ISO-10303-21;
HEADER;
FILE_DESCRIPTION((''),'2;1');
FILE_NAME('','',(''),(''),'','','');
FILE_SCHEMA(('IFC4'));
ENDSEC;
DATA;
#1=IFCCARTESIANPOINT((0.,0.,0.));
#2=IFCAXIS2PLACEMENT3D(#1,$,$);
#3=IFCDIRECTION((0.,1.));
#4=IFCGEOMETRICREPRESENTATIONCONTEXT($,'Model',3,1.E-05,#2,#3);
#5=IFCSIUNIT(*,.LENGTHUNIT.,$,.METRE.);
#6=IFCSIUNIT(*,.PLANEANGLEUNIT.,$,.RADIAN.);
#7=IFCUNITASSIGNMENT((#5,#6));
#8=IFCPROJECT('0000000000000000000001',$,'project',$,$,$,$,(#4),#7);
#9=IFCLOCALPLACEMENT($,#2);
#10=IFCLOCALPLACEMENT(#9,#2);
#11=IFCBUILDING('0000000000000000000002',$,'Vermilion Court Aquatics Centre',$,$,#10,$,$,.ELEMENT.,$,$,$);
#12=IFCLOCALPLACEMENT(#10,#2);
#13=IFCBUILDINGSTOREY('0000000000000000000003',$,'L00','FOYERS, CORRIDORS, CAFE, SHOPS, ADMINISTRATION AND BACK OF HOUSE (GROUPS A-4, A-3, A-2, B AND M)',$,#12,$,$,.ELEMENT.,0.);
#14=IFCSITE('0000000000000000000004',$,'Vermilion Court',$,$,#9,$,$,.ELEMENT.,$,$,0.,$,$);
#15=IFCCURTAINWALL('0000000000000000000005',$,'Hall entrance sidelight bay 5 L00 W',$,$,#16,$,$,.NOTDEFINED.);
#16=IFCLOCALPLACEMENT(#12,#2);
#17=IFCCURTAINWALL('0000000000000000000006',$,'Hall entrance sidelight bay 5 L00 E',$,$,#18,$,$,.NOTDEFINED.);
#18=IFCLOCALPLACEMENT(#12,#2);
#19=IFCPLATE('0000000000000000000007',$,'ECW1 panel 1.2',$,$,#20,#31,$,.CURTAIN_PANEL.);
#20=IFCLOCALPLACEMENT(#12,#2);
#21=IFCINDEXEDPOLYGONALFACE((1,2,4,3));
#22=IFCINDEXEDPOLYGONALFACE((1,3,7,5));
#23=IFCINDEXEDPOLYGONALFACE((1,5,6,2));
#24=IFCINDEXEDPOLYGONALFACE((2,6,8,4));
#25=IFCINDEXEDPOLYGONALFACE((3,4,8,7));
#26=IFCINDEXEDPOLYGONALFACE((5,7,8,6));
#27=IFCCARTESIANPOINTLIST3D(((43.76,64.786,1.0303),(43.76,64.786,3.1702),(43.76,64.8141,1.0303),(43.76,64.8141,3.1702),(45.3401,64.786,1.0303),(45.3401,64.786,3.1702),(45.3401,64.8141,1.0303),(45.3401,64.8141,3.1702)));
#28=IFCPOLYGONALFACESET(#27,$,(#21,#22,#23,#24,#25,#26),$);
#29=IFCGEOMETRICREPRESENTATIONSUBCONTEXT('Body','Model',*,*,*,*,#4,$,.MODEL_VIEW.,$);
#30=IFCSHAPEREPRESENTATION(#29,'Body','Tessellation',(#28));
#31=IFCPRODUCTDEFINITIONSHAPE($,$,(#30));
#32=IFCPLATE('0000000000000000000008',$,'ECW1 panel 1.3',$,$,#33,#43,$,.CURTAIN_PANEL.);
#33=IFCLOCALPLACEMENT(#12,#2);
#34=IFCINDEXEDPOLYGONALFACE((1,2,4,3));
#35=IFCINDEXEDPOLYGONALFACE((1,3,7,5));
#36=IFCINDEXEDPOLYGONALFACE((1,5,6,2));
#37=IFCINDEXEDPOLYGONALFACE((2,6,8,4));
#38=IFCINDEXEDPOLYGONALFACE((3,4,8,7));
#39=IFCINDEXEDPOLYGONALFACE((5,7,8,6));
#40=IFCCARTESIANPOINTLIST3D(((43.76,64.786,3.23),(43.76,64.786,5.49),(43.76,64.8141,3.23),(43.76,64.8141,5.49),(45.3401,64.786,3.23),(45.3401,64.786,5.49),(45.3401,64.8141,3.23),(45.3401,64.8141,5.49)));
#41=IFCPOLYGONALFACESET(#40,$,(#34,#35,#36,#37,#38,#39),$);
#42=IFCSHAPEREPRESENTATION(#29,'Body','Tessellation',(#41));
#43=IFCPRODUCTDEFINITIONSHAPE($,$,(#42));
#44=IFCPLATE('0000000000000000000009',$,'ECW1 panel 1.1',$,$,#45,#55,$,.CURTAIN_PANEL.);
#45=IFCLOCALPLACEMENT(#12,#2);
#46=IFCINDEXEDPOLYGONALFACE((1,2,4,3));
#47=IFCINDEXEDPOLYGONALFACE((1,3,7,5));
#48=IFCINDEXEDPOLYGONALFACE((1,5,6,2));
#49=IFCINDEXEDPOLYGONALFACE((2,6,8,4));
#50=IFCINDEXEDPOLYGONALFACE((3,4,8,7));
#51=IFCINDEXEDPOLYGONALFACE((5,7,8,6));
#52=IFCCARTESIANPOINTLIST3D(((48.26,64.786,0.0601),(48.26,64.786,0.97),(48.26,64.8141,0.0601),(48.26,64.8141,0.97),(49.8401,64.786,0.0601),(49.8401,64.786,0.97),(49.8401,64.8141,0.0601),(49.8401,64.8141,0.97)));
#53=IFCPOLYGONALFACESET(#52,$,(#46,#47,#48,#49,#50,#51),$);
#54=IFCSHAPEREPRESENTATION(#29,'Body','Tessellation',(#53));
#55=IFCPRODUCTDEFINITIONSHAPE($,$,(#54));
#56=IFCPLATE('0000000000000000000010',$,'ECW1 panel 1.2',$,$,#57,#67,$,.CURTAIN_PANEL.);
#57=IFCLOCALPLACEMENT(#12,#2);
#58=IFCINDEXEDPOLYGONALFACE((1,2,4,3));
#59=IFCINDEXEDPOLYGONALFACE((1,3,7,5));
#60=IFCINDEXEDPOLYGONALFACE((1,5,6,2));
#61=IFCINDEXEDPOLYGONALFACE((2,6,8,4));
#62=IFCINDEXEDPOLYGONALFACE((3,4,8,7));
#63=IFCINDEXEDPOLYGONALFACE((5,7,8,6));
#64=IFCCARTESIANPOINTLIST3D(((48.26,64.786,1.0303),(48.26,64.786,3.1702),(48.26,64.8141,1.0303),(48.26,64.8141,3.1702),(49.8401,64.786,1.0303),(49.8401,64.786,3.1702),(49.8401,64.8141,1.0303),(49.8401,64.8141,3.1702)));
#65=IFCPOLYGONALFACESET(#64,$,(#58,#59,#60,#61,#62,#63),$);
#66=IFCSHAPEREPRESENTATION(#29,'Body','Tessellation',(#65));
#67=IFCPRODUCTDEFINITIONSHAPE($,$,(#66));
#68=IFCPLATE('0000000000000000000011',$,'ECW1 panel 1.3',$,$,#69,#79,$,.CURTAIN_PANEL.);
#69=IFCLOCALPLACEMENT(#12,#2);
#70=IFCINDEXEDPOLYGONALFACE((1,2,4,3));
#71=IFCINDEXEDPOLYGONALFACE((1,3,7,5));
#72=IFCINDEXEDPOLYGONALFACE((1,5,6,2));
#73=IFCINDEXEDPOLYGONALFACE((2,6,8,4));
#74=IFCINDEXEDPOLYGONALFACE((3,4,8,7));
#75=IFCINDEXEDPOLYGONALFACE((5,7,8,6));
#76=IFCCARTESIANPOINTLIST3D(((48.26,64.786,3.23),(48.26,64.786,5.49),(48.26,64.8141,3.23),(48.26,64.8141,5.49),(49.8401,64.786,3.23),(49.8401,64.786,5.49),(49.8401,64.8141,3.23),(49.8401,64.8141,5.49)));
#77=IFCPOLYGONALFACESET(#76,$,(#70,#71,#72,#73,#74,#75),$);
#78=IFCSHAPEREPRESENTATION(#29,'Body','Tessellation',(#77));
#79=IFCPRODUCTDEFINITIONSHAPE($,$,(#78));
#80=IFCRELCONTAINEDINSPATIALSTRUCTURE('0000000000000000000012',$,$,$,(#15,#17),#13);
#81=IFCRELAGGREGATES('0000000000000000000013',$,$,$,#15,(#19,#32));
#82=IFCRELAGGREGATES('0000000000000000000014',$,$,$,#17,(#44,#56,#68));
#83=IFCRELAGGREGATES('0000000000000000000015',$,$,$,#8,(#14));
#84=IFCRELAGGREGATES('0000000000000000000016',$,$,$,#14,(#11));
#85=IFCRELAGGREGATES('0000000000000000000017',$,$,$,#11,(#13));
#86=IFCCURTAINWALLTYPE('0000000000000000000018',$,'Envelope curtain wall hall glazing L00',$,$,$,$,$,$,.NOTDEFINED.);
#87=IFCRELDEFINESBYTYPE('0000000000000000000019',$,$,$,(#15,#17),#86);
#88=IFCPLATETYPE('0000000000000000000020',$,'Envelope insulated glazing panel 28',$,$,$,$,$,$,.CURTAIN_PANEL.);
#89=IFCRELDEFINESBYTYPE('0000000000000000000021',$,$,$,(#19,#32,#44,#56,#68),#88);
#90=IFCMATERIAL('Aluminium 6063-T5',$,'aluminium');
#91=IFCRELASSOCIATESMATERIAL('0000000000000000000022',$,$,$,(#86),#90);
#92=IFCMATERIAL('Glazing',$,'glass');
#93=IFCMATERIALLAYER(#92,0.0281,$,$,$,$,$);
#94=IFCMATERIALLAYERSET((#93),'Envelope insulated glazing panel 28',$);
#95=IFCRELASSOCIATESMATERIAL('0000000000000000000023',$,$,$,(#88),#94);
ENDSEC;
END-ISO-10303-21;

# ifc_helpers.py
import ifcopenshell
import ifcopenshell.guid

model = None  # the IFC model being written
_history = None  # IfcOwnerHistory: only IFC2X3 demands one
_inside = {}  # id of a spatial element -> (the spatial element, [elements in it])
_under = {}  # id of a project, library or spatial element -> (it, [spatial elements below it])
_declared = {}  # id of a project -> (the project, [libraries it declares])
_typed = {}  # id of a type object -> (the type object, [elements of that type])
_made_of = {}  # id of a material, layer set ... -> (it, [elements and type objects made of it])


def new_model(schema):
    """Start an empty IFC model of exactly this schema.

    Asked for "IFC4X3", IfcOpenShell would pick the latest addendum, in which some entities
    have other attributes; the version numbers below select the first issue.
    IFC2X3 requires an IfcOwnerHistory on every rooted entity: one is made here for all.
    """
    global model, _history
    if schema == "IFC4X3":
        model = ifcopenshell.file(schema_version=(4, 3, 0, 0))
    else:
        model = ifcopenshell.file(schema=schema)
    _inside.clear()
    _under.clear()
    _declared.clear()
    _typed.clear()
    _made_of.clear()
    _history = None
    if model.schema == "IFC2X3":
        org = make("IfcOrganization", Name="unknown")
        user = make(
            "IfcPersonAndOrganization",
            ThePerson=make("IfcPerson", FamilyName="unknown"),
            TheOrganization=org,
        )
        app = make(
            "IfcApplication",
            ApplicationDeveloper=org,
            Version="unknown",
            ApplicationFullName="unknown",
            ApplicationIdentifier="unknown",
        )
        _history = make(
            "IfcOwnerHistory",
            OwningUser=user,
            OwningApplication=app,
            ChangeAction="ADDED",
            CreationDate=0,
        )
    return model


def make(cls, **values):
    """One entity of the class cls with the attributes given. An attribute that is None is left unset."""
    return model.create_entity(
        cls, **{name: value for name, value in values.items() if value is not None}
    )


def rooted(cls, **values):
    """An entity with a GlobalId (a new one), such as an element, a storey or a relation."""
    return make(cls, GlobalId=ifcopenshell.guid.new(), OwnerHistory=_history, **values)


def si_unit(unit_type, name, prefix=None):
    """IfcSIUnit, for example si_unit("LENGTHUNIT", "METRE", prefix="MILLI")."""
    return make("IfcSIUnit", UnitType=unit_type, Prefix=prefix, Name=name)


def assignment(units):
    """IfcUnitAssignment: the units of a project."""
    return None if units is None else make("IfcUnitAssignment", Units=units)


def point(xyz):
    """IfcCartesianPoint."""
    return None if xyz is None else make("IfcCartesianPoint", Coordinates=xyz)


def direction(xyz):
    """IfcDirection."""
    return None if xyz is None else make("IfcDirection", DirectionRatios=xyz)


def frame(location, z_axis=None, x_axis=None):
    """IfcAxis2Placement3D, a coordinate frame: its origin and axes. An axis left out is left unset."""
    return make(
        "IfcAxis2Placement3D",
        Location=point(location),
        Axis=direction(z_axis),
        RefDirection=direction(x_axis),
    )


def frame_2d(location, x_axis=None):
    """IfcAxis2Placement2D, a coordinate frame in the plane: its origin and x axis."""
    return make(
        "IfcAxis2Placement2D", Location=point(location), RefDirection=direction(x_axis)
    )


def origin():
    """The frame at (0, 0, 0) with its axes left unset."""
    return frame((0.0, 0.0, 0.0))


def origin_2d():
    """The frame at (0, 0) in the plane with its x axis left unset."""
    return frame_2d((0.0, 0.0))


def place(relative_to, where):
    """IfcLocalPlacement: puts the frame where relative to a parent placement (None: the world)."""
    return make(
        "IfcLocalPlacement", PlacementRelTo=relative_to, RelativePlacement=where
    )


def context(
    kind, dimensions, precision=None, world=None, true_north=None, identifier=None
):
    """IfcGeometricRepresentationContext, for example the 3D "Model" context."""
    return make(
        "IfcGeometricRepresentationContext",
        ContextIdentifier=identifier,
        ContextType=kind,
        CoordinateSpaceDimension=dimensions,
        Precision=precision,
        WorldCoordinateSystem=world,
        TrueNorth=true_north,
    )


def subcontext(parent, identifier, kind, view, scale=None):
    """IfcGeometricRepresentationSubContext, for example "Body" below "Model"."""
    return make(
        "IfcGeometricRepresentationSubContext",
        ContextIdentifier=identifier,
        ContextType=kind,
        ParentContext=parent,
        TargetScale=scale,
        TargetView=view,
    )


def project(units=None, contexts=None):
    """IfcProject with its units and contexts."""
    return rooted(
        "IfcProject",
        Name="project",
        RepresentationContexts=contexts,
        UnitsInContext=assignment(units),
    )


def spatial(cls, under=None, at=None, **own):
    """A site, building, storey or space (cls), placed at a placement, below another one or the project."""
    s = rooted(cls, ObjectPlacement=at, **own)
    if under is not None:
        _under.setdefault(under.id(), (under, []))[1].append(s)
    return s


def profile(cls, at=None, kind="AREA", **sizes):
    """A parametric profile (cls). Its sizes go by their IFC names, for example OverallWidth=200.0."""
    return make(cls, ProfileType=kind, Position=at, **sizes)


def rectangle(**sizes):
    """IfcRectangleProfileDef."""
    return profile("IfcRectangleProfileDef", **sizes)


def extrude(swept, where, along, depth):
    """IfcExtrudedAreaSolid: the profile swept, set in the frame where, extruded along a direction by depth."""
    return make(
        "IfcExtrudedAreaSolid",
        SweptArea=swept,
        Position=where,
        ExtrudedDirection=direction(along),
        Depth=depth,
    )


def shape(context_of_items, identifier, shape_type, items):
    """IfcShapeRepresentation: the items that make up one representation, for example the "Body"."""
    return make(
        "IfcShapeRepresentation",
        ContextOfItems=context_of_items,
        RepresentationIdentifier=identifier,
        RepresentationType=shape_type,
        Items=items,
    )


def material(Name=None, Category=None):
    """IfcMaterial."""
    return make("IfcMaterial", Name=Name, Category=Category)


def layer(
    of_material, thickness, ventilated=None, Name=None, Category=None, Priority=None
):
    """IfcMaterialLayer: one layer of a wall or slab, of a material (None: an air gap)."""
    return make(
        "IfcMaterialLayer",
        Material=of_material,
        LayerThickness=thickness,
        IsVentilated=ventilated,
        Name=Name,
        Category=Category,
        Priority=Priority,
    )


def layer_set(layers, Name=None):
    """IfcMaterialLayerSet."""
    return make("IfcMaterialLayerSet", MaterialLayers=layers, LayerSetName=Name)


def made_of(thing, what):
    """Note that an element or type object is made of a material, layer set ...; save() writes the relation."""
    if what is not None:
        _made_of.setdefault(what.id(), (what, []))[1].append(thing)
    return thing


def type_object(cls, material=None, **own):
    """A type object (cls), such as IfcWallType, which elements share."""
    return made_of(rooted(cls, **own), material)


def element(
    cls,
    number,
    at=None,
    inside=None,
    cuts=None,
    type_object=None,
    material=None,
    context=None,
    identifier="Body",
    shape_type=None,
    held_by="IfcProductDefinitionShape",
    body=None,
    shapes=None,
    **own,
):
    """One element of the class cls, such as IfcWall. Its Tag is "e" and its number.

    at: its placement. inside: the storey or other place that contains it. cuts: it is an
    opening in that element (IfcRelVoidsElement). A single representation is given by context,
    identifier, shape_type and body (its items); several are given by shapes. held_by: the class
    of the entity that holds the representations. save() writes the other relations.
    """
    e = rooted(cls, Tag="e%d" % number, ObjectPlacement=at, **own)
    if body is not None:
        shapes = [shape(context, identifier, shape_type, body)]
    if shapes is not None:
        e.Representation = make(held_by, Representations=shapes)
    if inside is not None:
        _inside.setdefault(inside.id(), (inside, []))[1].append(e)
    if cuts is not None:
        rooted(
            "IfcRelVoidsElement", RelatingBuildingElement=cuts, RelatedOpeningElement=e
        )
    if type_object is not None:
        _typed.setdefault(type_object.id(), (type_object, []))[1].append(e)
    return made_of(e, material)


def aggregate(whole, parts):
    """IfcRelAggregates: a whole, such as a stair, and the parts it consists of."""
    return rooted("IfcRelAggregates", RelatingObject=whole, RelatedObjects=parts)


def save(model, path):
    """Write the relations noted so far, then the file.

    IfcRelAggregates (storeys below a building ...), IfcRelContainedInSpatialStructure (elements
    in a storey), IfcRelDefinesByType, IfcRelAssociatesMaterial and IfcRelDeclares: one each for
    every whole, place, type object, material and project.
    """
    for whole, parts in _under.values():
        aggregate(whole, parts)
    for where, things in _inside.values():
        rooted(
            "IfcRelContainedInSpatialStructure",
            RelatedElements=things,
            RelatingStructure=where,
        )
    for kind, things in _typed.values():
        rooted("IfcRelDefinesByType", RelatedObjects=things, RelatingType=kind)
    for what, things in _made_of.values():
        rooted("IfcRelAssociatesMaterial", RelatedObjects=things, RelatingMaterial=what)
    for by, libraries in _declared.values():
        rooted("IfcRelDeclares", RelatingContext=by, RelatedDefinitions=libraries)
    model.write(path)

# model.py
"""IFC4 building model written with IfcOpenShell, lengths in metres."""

from ifc_helpers import new_model, si_unit, direction, frame, origin, origin_2d, place, context, subcontext, project, spatial, rectangle, extrude, material, layer, layer_set, type_object, element, aggregate, save


model = new_model("IFC4")

# Units and contexts
model_context = context("Model", 3, precision=1e-05, world=origin(), true_north=direction((0.0, 1.0)))
body_context = subcontext(model_context, "Body", "Model", "MODEL_VIEW")
ifc_project = project(units=[si_unit("LENGTHUNIT", "METRE"), si_unit("PLANEANGLEUNIT", "RADIAN")], contexts=[model_context])

# Site, building, storey
site_placement = place(None, origin())
site = spatial("IfcSite", under=ifc_project, at=site_placement, Name="Vermilion Court", CompositionType="ELEMENT", RefElevation=0.0)
building_placement = place(site_placement, origin())
building = spatial("IfcBuilding", under=site, at=building_placement, Name="Vermilion Court Aquatics Centre", CompositionType="ELEMENT")
storey_placement = place(building_placement, origin())
storey = spatial("IfcBuildingStorey", under=building, at=storey_placement, Name="L00", Description="FOYERS, CORRIDORS, CAFE, SHOPS, ADMINISTRATION AND BACK OF HOUSE (GROUPS A-4, A-3, A-2, B AND M)", CompositionType="ELEMENT", Elevation=0.0)

# Curtain wall
ifc_material_1 = material(Name="Aluminium 6063-T5", Category="aluminium")
curtain_wall_type = type_object("IfcCurtainWallType", Name="Envelope curtain wall hall glazing L00", PredefinedType="NOTDEFINED", material=ifc_material_1)
curtain_wall_1_placement = place(storey_placement, origin())
curtain_wall_1 = element("IfcCurtainWall", 1, at=curtain_wall_1_placement, inside=storey, type_object=curtain_wall_type, Name="Hall entrance sidelight bay 5 L00 W", PredefinedType="NOTDEFINED")

# Curtain wall
curtain_wall_2_placement = place(storey_placement, origin())
curtain_wall_2 = element("IfcCurtainWall", 2, at=curtain_wall_2_placement, inside=storey, type_object=curtain_wall_type, Name="Hall entrance sidelight bay 5 L00 E", PredefinedType="NOTDEFINED")

# Plates
ifc_material_2 = material(Name="Glazing", Category="glass")
ifc_layer_1 = layer(ifc_material_2, 0.0281)
ifc_layer_set_1 = layer_set([ifc_layer_1], Name="Envelope insulated glazing panel 28")
plate_type = type_object("IfcPlateType", Name="Envelope insulated glazing panel 28", PredefinedType="CURTAIN_PANEL", material=ifc_layer_set_1)
plate_1_placement = place(storey_placement, frame((44.55, 64.8, 1.0303), z_axis=(0.0, 0.0, 1.0), x_axis=(1.0, 0.0, 0.0)))
plate_1 = element("IfcPlate", 3, at=plate_1_placement, type_object=plate_type, Name="ECW1 panel 1.2", PredefinedType="CURTAIN_PANEL", context=body_context, shape_type="SweptSolid", body=[
    extrude(rectangle(XDim=1.5801, YDim=0.0281, at=origin_2d()), origin(), (0.0, 0.0, 1.0), 2.1399),
])
plate_2_placement = place(storey_placement, frame((44.55, 64.8, 3.23), z_axis=(0.0, 0.0, 1.0), x_axis=(1.0, 0.0, 0.0)))
plate_2 = element("IfcPlate", 4, at=plate_2_placement, type_object=plate_type, Name="ECW1 panel 1.3", PredefinedType="CURTAIN_PANEL", context=body_context, shape_type="SweptSolid", body=[
    extrude(rectangle(XDim=1.5801, YDim=0.0281, at=origin_2d()), origin(), (0.0, 0.0, 1.0), 2.26),
])
aggregate(curtain_wall_1, [plate_1, plate_2])
plate_3_placement = place(storey_placement, frame((49.05, 64.8, 0.0601), z_axis=(0.0, 0.0, 1.0), x_axis=(1.0, 0.0, 0.0)))
plate_3 = element("IfcPlate", 5, at=plate_3_placement, type_object=plate_type, Name="ECW1 panel 1.1", PredefinedType="CURTAIN_PANEL", context=body_context, shape_type="SweptSolid", body=[
    extrude(rectangle(XDim=1.5801, YDim=0.0281, at=origin_2d()), origin(), (0.0, 0.0, 1.0), 0.9099),
])
plate_4_placement = place(storey_placement, frame((49.05, 64.8, 1.0303), z_axis=(0.0, 0.0, 1.0), x_axis=(1.0, 0.0, 0.0)))
plate_4 = element("IfcPlate", 6, at=plate_4_placement, type_object=plate_type, Name="ECW1 panel 1.2", PredefinedType="CURTAIN_PANEL", context=body_context, shape_type="SweptSolid", body=[
    extrude(rectangle(XDim=1.5801, YDim=0.0281, at=origin_2d()), origin(), (0.0, 0.0, 1.0), 2.1399),
])
plate_5_placement = place(storey_placement, frame((49.05, 64.8, 3.23), z_axis=(0.0, 0.0, 1.0), x_axis=(1.0, 0.0, 0.0)))
plate_5 = element("IfcPlate", 7, at=plate_5_placement, type_object=plate_type, Name="ECW1 panel 1.3", PredefinedType="CURTAIN_PANEL", context=body_context, shape_type="SweptSolid", body=[
    extrude(rectangle(XDim=1.5801, YDim=0.0281, at=origin_2d()), origin(), (0.0, 0.0, 1.0), 2.26),
])
aggregate(curtain_wall_2, [plate_3, plate_4, plate_5])

save(model, "model.ifc")
